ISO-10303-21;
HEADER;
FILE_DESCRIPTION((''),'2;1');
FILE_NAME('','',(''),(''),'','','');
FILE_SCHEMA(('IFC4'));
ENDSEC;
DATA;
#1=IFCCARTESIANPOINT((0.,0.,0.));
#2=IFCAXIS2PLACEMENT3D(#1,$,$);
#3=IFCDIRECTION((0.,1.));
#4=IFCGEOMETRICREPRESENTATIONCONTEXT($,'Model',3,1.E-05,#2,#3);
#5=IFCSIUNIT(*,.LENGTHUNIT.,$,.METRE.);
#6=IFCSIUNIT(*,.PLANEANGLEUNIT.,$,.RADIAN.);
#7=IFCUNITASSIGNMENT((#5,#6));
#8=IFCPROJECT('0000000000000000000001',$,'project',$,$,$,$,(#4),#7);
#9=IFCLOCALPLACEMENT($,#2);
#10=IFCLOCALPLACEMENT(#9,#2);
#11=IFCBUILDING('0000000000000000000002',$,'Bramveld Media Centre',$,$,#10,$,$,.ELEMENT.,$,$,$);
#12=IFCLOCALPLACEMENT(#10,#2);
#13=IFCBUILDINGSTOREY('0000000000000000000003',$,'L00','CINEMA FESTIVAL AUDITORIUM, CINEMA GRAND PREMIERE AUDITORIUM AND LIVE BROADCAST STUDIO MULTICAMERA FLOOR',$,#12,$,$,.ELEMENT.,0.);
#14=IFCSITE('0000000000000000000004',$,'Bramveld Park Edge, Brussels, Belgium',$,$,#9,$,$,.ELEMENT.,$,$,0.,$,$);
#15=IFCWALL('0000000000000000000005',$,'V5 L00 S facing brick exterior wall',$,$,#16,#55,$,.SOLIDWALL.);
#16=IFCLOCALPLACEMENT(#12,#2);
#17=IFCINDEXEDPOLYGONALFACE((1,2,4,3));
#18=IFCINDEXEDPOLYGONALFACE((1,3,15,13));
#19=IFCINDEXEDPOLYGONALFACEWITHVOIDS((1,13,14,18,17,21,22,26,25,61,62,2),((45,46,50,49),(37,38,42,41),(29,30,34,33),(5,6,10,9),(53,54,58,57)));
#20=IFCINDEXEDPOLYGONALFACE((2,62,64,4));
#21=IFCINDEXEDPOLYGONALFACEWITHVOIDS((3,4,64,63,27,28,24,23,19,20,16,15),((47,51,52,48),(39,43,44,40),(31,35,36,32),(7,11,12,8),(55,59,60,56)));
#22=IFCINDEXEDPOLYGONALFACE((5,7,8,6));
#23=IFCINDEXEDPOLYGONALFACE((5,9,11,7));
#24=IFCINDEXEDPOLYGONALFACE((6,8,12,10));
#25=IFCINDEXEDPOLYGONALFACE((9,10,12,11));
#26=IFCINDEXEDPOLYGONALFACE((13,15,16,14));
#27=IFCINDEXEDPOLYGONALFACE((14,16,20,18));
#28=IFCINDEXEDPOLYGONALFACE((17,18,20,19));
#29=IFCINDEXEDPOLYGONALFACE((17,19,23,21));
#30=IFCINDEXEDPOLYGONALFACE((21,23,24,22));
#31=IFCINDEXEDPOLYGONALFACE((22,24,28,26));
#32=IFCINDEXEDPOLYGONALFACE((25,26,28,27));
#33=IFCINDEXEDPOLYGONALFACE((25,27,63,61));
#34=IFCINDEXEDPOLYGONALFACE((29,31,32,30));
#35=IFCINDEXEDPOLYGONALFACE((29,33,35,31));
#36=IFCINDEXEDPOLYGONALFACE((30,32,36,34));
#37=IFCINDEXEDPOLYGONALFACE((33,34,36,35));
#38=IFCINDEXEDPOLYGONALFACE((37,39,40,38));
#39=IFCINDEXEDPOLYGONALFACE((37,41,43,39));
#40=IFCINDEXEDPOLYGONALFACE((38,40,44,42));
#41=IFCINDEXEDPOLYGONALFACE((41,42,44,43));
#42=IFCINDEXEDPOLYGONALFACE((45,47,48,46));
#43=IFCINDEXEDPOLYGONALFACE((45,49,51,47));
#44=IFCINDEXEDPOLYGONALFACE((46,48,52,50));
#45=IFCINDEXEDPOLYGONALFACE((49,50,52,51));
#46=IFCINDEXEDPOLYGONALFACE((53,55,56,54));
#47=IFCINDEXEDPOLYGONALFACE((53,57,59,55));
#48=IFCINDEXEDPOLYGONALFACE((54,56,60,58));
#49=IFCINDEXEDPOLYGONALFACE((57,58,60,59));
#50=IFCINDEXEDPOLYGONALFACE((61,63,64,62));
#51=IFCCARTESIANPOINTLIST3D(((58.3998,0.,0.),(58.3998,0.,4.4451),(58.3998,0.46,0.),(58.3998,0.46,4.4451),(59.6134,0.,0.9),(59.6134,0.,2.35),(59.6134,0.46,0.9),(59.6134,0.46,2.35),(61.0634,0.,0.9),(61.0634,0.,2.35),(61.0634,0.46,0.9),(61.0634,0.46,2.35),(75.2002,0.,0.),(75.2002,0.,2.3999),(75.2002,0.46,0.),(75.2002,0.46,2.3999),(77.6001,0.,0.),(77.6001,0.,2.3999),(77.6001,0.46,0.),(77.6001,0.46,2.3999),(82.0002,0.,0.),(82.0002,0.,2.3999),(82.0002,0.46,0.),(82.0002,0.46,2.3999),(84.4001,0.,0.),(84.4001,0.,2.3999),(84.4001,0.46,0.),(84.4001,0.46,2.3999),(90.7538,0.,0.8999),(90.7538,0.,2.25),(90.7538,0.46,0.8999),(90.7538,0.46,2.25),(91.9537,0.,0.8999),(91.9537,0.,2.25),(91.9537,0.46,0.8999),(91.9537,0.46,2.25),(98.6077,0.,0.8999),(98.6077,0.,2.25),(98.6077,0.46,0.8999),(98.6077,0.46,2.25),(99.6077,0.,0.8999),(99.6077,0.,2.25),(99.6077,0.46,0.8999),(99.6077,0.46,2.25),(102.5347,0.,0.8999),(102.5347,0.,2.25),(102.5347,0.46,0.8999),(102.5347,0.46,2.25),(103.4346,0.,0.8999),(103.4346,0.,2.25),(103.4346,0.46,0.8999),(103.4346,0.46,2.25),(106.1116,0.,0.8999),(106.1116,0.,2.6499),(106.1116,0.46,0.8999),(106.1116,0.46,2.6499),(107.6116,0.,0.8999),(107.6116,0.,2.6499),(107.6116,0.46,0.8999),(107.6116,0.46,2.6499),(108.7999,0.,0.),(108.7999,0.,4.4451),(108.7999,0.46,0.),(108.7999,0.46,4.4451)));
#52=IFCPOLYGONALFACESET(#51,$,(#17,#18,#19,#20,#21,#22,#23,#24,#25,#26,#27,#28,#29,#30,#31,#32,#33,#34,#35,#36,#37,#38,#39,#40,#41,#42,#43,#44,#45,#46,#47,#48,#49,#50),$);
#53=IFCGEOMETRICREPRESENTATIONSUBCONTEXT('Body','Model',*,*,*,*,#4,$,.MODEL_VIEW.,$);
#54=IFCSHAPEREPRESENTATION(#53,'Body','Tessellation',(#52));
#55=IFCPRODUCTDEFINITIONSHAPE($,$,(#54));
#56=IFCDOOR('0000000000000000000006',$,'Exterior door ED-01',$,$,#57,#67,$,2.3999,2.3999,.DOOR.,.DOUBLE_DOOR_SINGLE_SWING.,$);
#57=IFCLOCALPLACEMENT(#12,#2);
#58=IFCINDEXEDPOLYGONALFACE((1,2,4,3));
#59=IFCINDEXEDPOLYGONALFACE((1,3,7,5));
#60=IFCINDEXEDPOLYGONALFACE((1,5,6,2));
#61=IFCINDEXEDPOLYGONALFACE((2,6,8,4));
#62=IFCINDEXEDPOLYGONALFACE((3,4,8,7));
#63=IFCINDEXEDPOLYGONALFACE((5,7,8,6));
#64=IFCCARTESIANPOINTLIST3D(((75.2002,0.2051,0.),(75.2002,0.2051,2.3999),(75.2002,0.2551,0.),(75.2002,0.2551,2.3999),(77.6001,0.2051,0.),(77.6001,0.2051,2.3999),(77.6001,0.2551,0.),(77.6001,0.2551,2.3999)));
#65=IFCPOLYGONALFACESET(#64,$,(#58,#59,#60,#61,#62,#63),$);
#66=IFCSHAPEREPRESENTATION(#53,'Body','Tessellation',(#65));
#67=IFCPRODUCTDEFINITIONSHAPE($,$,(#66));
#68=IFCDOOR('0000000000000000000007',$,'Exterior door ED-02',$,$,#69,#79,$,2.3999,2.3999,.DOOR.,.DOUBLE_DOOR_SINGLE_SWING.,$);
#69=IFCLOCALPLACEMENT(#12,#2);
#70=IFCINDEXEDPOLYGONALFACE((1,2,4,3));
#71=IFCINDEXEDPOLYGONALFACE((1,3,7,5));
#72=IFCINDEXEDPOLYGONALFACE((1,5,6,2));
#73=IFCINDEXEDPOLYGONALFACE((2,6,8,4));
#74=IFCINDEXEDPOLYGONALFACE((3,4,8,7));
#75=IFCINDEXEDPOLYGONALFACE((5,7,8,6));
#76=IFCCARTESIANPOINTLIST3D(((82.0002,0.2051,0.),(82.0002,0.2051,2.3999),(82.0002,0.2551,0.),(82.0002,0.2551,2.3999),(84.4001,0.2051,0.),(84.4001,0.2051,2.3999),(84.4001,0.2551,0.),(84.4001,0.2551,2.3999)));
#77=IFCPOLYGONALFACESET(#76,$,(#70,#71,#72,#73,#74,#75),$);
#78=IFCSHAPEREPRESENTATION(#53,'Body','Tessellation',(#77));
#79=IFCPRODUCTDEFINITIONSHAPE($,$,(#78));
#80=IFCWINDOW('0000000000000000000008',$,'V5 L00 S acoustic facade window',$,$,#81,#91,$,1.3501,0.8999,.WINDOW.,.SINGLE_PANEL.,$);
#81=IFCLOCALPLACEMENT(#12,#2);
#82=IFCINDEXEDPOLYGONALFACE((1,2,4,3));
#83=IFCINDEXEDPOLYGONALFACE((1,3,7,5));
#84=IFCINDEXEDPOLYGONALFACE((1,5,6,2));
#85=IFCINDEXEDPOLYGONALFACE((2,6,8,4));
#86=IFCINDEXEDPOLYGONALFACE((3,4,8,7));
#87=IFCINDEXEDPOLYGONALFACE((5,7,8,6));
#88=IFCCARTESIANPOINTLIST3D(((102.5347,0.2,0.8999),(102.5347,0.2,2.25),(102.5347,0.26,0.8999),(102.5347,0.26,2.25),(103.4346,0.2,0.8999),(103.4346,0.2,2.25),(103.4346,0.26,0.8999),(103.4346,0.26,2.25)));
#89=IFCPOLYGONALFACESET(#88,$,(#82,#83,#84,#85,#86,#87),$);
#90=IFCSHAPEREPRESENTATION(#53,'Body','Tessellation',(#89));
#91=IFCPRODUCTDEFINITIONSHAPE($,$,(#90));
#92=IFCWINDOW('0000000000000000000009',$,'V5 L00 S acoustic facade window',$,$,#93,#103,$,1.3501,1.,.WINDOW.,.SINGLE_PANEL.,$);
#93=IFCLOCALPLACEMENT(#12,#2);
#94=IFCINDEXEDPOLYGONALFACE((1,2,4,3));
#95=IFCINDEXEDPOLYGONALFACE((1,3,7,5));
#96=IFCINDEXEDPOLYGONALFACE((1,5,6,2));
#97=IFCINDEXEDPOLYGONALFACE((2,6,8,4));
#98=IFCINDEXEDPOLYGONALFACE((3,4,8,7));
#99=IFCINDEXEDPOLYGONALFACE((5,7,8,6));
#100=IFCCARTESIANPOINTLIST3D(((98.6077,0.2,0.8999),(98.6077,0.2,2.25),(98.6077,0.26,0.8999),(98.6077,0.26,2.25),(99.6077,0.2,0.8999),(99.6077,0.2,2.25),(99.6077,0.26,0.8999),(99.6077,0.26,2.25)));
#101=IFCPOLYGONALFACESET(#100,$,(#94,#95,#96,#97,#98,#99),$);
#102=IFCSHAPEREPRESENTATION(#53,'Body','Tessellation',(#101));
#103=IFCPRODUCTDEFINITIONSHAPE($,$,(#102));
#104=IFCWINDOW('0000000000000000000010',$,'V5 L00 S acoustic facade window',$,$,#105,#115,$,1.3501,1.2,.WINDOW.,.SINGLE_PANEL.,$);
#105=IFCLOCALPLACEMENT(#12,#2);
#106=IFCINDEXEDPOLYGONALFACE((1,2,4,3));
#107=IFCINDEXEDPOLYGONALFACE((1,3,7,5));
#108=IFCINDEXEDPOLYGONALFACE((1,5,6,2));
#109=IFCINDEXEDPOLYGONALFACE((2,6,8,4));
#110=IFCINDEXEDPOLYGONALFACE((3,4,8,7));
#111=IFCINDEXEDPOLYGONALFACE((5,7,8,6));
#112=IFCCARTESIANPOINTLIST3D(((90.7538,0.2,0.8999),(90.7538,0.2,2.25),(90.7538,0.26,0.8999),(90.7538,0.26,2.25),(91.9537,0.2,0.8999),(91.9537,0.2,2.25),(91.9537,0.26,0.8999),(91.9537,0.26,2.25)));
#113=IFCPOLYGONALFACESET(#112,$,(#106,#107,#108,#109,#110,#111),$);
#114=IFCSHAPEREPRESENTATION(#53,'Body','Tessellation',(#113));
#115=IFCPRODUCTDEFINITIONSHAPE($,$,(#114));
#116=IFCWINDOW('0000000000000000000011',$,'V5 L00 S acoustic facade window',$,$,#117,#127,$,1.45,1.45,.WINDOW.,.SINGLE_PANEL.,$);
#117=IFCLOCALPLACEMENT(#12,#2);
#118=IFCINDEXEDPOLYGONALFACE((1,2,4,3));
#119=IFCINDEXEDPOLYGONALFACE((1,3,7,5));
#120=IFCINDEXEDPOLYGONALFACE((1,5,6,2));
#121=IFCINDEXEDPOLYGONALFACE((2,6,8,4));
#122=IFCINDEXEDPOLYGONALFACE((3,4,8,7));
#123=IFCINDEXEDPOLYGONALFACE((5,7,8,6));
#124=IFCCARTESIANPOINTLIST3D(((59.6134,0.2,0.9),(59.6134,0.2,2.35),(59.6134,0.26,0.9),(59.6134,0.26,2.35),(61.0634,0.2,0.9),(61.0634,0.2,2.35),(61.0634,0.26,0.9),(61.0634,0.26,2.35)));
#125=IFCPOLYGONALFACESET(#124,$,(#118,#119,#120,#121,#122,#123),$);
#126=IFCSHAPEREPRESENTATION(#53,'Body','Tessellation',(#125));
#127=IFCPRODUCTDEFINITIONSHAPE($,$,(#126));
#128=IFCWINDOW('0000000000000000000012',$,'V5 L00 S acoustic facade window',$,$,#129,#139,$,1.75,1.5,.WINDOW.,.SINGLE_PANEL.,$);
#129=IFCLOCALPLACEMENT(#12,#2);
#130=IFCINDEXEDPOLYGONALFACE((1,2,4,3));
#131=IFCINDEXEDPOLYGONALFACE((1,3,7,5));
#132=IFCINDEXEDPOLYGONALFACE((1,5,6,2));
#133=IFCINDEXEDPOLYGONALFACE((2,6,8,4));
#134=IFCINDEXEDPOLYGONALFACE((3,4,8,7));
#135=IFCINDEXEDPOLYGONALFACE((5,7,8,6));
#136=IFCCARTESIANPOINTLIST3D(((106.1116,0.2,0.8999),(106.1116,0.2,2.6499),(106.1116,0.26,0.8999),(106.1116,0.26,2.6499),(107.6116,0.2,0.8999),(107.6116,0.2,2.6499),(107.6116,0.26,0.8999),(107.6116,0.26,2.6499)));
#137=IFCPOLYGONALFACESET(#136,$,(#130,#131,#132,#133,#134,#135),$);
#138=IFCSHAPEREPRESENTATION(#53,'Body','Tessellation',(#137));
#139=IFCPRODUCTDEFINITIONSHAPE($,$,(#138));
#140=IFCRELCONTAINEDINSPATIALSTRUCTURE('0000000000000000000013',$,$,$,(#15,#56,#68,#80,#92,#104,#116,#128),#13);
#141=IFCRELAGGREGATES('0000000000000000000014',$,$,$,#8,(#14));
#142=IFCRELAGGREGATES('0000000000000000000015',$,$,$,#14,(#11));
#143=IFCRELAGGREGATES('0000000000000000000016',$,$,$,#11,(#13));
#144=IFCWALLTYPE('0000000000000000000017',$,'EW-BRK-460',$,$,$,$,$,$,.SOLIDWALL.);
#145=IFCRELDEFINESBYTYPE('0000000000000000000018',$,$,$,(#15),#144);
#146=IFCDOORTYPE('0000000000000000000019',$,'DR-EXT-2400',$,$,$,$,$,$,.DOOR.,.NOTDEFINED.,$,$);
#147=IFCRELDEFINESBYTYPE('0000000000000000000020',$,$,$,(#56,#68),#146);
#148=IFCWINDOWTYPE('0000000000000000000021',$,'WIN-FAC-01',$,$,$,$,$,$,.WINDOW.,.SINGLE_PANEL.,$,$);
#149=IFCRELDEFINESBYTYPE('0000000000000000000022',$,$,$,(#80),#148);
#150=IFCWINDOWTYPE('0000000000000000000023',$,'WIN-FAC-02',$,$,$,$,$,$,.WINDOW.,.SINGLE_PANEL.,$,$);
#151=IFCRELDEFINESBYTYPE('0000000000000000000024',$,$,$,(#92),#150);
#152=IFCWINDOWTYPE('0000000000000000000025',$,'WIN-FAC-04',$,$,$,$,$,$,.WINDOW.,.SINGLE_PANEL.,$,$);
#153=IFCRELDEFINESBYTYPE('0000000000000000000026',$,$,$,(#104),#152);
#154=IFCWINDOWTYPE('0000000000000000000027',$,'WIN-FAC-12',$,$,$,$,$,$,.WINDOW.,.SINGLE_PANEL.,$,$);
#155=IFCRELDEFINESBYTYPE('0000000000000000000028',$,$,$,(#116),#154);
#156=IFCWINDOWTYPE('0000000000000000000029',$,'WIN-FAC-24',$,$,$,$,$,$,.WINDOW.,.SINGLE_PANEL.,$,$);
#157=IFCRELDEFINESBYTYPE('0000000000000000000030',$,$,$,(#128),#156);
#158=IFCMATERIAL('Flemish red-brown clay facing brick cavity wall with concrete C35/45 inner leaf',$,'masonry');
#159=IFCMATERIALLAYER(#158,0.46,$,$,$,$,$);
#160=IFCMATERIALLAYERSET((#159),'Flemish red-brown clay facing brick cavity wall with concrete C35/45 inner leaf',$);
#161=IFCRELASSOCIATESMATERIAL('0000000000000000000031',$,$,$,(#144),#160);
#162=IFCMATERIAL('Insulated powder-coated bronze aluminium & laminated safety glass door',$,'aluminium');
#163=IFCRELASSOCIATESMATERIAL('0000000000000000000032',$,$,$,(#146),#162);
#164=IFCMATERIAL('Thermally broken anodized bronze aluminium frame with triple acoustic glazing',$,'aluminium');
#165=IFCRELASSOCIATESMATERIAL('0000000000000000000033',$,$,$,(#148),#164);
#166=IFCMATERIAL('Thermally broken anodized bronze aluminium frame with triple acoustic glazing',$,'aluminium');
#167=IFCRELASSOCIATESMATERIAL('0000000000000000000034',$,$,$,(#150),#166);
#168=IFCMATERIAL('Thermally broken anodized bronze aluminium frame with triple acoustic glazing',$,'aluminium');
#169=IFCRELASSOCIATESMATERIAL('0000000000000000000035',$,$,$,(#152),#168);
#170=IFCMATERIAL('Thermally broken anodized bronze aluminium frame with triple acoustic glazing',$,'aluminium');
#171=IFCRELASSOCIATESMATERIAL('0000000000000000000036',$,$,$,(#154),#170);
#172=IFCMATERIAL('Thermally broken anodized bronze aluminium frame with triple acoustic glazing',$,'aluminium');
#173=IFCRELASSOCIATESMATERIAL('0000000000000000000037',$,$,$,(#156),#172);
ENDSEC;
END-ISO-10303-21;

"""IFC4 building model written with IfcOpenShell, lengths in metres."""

from ifc_helpers import new_model, si_unit, direction, frame, frame_2d, origin, place, context, subcontext, project, spatial, rectangle, extrude, material, layer, layer_set, type_object, element, fill, save


model = new_model("IFC4")

# Units and contexts
model_context = context("Model", 3, precision=1e-05, world=origin(), true_north=direction((0.0, 1.0)))
body_context = subcontext(model_context, "Body", "Model", "MODEL_VIEW")
ifc_project = project(units=[si_unit("LENGTHUNIT", "METRE"), si_unit("PLANEANGLEUNIT", "RADIAN")], contexts=[model_context])

# Site, building, storey
site_placement = place(None, origin())
site = spatial("IfcSite", under=ifc_project, at=site_placement, Name="Bramveld Park Edge, Brussels, Belgium", CompositionType="ELEMENT", RefElevation=0.0)
building_placement = place(site_placement, origin())
building = spatial("IfcBuilding", under=site, at=building_placement, Name="Bramveld Media Centre", CompositionType="ELEMENT")
storey_placement = place(building_placement, origin())
storey = spatial("IfcBuildingStorey", under=building, at=storey_placement, Name="L00", Description="CINEMA FESTIVAL AUDITORIUM, CINEMA GRAND PREMIERE AUDITORIUM AND LIVE BROADCAST STUDIO MULTICAMERA FLOOR", CompositionType="ELEMENT", Elevation=0.0)

# Wall, openings, doors, windows
ifc_material_1 = material(Name="Flemish red-brown clay facing brick cavity wall with concrete C35/45 inner leaf", Category="masonry")
ifc_layer_1 = layer(ifc_material_1, 0.46)
ifc_layer_set_1 = layer_set([ifc_layer_1], Name="Flemish red-brown clay facing brick cavity wall with concrete C35/45 inner leaf")
wall_type = type_object("IfcWallType", Name="EW-BRK-460", PredefinedType="SOLIDWALL", material=ifc_layer_set_1)
wall_placement = place(storey_placement, frame((108.8, 0.23, 0.0), z_axis=(0.0, 0.0, 1.0), x_axis=(-1.0, 0.0, 0.0)))
wall = element("IfcWall", 1, at=wall_placement, inside=storey, type_object=wall_type, Name="V5 L00 S facing brick exterior wall", PredefinedType="SOLIDWALL", context=body_context, shape_type="SweptSolid", body=[
    extrude(rectangle(XDim=50.4001, YDim=0.46, at=frame_2d((25.2002, 0.0))), origin(), (0.0, 0.0, 1.0), 4.4451),
])
opening_1_placement = place(wall_placement, frame((31.2, 0.0, 0.0)))
opening_1 = element("IfcOpeningElement", 2, at=opening_1_placement, cuts=wall, PredefinedType="OPENING", context=body_context, shape_type="SweptSolid", body=[
    extrude(rectangle(XDim=2.3999, YDim=2.3999, at=frame_2d((1.2, 1.2))), frame((0.0, 0.2419, 0.0), z_axis=(0.0, -1.0, 0.0), x_axis=(1.0, 0.0, 0.0)), (0.0, 0.0, 1.0), 0.4839),
])
opening_2_placement = place(wall_placement, frame((24.3999, 0.0, 0.0)))
opening_2 = element("IfcOpeningElement", 3, at=opening_2_placement, cuts=wall, PredefinedType="OPENING", context=body_context, shape_type="SweptSolid", body=[
    extrude(rectangle(XDim=2.3999, YDim=2.3999, at=frame_2d((1.2, 1.2))), frame((0.0, 0.2419, 0.0), z_axis=(0.0, -1.0, 0.0), x_axis=(1.0, 0.0, 0.0)), (0.0, 0.0, 1.0), 0.4839),
])
opening_3_placement = place(wall_placement, frame((1.1885, 0.0, 0.8999)))
opening_3 = element("IfcOpeningElement", 4, at=opening_3_placement, cuts=wall, PredefinedType="OPENING", context=body_context, shape_type="SweptSolid", body=[
    extrude(rectangle(XDim=1.5, YDim=1.75, at=frame_2d((0.75, 0.875))), frame((0.0, 0.2419, 0.0), z_axis=(0.0, -1.0, 0.0), x_axis=(1.0, 0.0, 0.0)), (0.0, 0.0, 1.0), 0.4839),
])
opening_4_placement = place(wall_placement, frame((5.3655, 0.0, 0.8999)))
opening_4 = element("IfcOpeningElement", 5, at=opening_4_placement, cuts=wall, PredefinedType="OPENING", context=body_context, shape_type="SweptSolid", body=[
    extrude(rectangle(XDim=0.8999, YDim=1.3501, at=frame_2d((0.45, 0.675))), frame((0.0, 0.2419, 0.0), z_axis=(0.0, -1.0, 0.0), x_axis=(1.0, 0.0, 0.0)), (0.0, 0.0, 1.0), 0.4839),
])
opening_5_placement = place(wall_placement, frame((9.1924, 0.0, 0.8999)))
opening_5 = element("IfcOpeningElement", 6, at=opening_5_placement, cuts=wall, PredefinedType="OPENING", context=body_context, shape_type="SweptSolid", body=[
    extrude(rectangle(XDim=1.0, YDim=1.3501, at=frame_2d((0.5, 0.675))), frame((0.0, 0.2419, 0.0), z_axis=(0.0, -1.0, 0.0), x_axis=(1.0, 0.0, 0.0)), (0.0, 0.0, 1.0), 0.4839),
])
opening_6_placement = place(wall_placement, frame((16.8462, 0.0, 0.8999)))
opening_6 = element("IfcOpeningElement", 7, at=opening_6_placement, cuts=wall, PredefinedType="OPENING", context=body_context, shape_type="SweptSolid", body=[
    extrude(rectangle(XDim=1.2, YDim=1.3501, at=frame_2d((0.6001, 0.675))), frame((0.0, 0.2419, 0.0), z_axis=(0.0, -1.0, 0.0), x_axis=(1.0, 0.0, 0.0)), (0.0, 0.0, 1.0), 0.4839),
])
opening_7_placement = place(wall_placement, frame((47.7366, 0.0, 0.8999)))
opening_7 = element("IfcOpeningElement", 8, at=opening_7_placement, cuts=wall, PredefinedType="OPENING", context=body_context, shape_type="SweptSolid", body=[
    extrude(rectangle(XDim=1.45, YDim=1.45, at=frame_2d((0.7251, 0.7251))), frame((0.0, 0.2419, 0.0), z_axis=(0.0, -1.0, 0.0), x_axis=(1.0, 0.0, 0.0)), (0.0, 0.0, 1.0), 0.4839),
])
ifc_material_2 = material(Name="Insulated powder-coated bronze aluminium & laminated safety glass door", Category="aluminium")
door_type = type_object("IfcDoorType", Name="DR-EXT-2400", OperationType="NOTDEFINED", PredefinedType="DOOR", material=ifc_material_2)
door_1_placement = place(opening_1_placement, origin())
door_1 = element("IfcDoor", 9, at=door_1_placement, inside=storey, type_object=door_type, Name="Exterior door ED-01", OperationType="DOUBLE_DOOR_SINGLE_SWING", OverallHeight=2.3999, OverallWidth=2.3999, PredefinedType="DOOR", context=body_context, shape_type="SweptSolid", body=[
    extrude(rectangle(XDim=2.3999, YDim=2.3999, at=frame_2d((1.2, 1.2))), frame((0.0, 0.0249, 0.0), z_axis=(0.0, -1.0, 0.0), x_axis=(1.0, 0.0, 0.0)), (0.0, 0.0, 1.0), 0.05),
])
fill(opening_1, door_1)
door_2_placement = place(opening_2_placement, origin())
door_2 = element("IfcDoor", 10, at=door_2_placement, inside=storey, type_object=door_type, Name="Exterior door ED-02", OperationType="DOUBLE_DOOR_SINGLE_SWING", OverallHeight=2.3999, OverallWidth=2.3999, PredefinedType="DOOR", context=body_context, shape_type="SweptSolid", body=[
    extrude(rectangle(XDim=2.3999, YDim=2.3999, at=frame_2d((1.2, 1.2))), frame((0.0, 0.0249, 0.0), z_axis=(0.0, -1.0, 0.0), x_axis=(1.0, 0.0, 0.0)), (0.0, 0.0, 1.0), 0.05),
])
fill(opening_2, door_2)
ifc_material_3 = material(Name="Thermally broken anodized bronze aluminium frame with triple acoustic glazing", Category="aluminium")
window_type_1 = type_object("IfcWindowType", Name="WIN-FAC-01", PartitioningType="SINGLE_PANEL", PredefinedType="WINDOW", material=ifc_material_3)
window_1_placement = place(opening_4_placement, origin())
window_1 = element("IfcWindow", 11, at=window_1_placement, inside=storey, type_object=window_type_1, Name="V5 L00 S acoustic facade window", OverallHeight=1.3501, OverallWidth=0.8999, PartitioningType="SINGLE_PANEL", PredefinedType="WINDOW", context=body_context, shape_type="SweptSolid", body=[
    extrude(rectangle(XDim=0.8999, YDim=1.3501, at=frame_2d((0.45, 0.675))), frame((0.0, 0.03, 0.0), z_axis=(0.0, -1.0, 0.0), x_axis=(1.0, 0.0, 0.0)), (0.0, 0.0, 1.0), 0.0601),
])
fill(opening_4, window_1)
ifc_material_4 = material(Name="Thermally broken anodized bronze aluminium frame with triple acoustic glazing", Category="aluminium")
window_type_2 = type_object("IfcWindowType", Name="WIN-FAC-02", PartitioningType="SINGLE_PANEL", PredefinedType="WINDOW", material=ifc_material_4)
window_2_placement = place(opening_5_placement, origin())
window_2 = element("IfcWindow", 12, at=window_2_placement, inside=storey, type_object=window_type_2, Name="V5 L00 S acoustic facade window", OverallHeight=1.3501, OverallWidth=1.0, PartitioningType="SINGLE_PANEL", PredefinedType="WINDOW", context=body_context, shape_type="SweptSolid", body=[
    extrude(rectangle(XDim=1.0, YDim=1.3501, at=frame_2d((0.5, 0.675))), frame((0.0, 0.03, 0.0), z_axis=(0.0, -1.0, 0.0), x_axis=(1.0, 0.0, 0.0)), (0.0, 0.0, 1.0), 0.0601),
])
fill(opening_5, window_2)
ifc_material_5 = material(Name="Thermally broken anodized bronze aluminium frame with triple acoustic glazing", Category="aluminium")
window_type_3 = type_object("IfcWindowType", Name="WIN-FAC-04", PartitioningType="SINGLE_PANEL", PredefinedType="WINDOW", material=ifc_material_5)
window_3_placement = place(opening_6_placement, origin())
window_3 = element("IfcWindow", 13, at=window_3_placement, inside=storey, type_object=window_type_3, Name="V5 L00 S acoustic facade window", OverallHeight=1.3501, OverallWidth=1.2, PartitioningType="SINGLE_PANEL", PredefinedType="WINDOW", context=body_context, shape_type="SweptSolid", body=[
    extrude(rectangle(XDim=1.2, YDim=1.3501, at=frame_2d((0.6001, 0.675))), frame((0.0, 0.03, 0.0), z_axis=(0.0, -1.0, 0.0), x_axis=(1.0, 0.0, 0.0)), (0.0, 0.0, 1.0), 0.0601),
])
fill(opening_6, window_3)
ifc_material_6 = material(Name="Thermally broken anodized bronze aluminium frame with triple acoustic glazing", Category="aluminium")
window_type_4 = type_object("IfcWindowType", Name="WIN-FAC-12", PartitioningType="SINGLE_PANEL", PredefinedType="WINDOW", material=ifc_material_6)
window_4_placement = place(opening_7_placement, origin())
window_4 = element("IfcWindow", 14, at=window_4_placement, inside=storey, type_object=window_type_4, Name="V5 L00 S acoustic facade window", OverallHeight=1.45, OverallWidth=1.45, PartitioningType="SINGLE_PANEL", PredefinedType="WINDOW", context=body_context, shape_type="SweptSolid", body=[
    extrude(rectangle(XDim=1.45, YDim=1.45, at=frame_2d((0.7251, 0.7251))), frame((0.0, 0.03, 0.0), z_axis=(0.0, -1.0, 0.0), x_axis=(1.0, 0.0, 0.0)), (0.0, 0.0, 1.0), 0.0601),
])
fill(opening_7, window_4)
ifc_material_7 = material(Name="Thermally broken anodized bronze aluminium frame with triple acoustic glazing", Category="aluminium")
window_type_5 = type_object("IfcWindowType", Name="WIN-FAC-24", PartitioningType="SINGLE_PANEL", PredefinedType="WINDOW", material=ifc_material_7)
window_5_placement = place(opening_3_placement, origin())
window_5 = element("IfcWindow", 15, at=window_5_placement, inside=storey, type_object=window_type_5, Name="V5 L00 S acoustic facade window", OverallHeight=1.75, OverallWidth=1.5, PartitioningType="SINGLE_PANEL", PredefinedType="WINDOW", context=body_context, shape_type="SweptSolid", body=[
    extrude(rectangle(XDim=1.5, YDim=1.75, at=frame_2d((0.75, 0.875))), frame((0.0, 0.03, 0.0), z_axis=(0.0, -1.0, 0.0), x_axis=(1.0, 0.0, 0.0)), (0.0, 0.0, 1.0), 0.0601),
])
fill(opening_3, window_5)

save(model, "model.ifc")
